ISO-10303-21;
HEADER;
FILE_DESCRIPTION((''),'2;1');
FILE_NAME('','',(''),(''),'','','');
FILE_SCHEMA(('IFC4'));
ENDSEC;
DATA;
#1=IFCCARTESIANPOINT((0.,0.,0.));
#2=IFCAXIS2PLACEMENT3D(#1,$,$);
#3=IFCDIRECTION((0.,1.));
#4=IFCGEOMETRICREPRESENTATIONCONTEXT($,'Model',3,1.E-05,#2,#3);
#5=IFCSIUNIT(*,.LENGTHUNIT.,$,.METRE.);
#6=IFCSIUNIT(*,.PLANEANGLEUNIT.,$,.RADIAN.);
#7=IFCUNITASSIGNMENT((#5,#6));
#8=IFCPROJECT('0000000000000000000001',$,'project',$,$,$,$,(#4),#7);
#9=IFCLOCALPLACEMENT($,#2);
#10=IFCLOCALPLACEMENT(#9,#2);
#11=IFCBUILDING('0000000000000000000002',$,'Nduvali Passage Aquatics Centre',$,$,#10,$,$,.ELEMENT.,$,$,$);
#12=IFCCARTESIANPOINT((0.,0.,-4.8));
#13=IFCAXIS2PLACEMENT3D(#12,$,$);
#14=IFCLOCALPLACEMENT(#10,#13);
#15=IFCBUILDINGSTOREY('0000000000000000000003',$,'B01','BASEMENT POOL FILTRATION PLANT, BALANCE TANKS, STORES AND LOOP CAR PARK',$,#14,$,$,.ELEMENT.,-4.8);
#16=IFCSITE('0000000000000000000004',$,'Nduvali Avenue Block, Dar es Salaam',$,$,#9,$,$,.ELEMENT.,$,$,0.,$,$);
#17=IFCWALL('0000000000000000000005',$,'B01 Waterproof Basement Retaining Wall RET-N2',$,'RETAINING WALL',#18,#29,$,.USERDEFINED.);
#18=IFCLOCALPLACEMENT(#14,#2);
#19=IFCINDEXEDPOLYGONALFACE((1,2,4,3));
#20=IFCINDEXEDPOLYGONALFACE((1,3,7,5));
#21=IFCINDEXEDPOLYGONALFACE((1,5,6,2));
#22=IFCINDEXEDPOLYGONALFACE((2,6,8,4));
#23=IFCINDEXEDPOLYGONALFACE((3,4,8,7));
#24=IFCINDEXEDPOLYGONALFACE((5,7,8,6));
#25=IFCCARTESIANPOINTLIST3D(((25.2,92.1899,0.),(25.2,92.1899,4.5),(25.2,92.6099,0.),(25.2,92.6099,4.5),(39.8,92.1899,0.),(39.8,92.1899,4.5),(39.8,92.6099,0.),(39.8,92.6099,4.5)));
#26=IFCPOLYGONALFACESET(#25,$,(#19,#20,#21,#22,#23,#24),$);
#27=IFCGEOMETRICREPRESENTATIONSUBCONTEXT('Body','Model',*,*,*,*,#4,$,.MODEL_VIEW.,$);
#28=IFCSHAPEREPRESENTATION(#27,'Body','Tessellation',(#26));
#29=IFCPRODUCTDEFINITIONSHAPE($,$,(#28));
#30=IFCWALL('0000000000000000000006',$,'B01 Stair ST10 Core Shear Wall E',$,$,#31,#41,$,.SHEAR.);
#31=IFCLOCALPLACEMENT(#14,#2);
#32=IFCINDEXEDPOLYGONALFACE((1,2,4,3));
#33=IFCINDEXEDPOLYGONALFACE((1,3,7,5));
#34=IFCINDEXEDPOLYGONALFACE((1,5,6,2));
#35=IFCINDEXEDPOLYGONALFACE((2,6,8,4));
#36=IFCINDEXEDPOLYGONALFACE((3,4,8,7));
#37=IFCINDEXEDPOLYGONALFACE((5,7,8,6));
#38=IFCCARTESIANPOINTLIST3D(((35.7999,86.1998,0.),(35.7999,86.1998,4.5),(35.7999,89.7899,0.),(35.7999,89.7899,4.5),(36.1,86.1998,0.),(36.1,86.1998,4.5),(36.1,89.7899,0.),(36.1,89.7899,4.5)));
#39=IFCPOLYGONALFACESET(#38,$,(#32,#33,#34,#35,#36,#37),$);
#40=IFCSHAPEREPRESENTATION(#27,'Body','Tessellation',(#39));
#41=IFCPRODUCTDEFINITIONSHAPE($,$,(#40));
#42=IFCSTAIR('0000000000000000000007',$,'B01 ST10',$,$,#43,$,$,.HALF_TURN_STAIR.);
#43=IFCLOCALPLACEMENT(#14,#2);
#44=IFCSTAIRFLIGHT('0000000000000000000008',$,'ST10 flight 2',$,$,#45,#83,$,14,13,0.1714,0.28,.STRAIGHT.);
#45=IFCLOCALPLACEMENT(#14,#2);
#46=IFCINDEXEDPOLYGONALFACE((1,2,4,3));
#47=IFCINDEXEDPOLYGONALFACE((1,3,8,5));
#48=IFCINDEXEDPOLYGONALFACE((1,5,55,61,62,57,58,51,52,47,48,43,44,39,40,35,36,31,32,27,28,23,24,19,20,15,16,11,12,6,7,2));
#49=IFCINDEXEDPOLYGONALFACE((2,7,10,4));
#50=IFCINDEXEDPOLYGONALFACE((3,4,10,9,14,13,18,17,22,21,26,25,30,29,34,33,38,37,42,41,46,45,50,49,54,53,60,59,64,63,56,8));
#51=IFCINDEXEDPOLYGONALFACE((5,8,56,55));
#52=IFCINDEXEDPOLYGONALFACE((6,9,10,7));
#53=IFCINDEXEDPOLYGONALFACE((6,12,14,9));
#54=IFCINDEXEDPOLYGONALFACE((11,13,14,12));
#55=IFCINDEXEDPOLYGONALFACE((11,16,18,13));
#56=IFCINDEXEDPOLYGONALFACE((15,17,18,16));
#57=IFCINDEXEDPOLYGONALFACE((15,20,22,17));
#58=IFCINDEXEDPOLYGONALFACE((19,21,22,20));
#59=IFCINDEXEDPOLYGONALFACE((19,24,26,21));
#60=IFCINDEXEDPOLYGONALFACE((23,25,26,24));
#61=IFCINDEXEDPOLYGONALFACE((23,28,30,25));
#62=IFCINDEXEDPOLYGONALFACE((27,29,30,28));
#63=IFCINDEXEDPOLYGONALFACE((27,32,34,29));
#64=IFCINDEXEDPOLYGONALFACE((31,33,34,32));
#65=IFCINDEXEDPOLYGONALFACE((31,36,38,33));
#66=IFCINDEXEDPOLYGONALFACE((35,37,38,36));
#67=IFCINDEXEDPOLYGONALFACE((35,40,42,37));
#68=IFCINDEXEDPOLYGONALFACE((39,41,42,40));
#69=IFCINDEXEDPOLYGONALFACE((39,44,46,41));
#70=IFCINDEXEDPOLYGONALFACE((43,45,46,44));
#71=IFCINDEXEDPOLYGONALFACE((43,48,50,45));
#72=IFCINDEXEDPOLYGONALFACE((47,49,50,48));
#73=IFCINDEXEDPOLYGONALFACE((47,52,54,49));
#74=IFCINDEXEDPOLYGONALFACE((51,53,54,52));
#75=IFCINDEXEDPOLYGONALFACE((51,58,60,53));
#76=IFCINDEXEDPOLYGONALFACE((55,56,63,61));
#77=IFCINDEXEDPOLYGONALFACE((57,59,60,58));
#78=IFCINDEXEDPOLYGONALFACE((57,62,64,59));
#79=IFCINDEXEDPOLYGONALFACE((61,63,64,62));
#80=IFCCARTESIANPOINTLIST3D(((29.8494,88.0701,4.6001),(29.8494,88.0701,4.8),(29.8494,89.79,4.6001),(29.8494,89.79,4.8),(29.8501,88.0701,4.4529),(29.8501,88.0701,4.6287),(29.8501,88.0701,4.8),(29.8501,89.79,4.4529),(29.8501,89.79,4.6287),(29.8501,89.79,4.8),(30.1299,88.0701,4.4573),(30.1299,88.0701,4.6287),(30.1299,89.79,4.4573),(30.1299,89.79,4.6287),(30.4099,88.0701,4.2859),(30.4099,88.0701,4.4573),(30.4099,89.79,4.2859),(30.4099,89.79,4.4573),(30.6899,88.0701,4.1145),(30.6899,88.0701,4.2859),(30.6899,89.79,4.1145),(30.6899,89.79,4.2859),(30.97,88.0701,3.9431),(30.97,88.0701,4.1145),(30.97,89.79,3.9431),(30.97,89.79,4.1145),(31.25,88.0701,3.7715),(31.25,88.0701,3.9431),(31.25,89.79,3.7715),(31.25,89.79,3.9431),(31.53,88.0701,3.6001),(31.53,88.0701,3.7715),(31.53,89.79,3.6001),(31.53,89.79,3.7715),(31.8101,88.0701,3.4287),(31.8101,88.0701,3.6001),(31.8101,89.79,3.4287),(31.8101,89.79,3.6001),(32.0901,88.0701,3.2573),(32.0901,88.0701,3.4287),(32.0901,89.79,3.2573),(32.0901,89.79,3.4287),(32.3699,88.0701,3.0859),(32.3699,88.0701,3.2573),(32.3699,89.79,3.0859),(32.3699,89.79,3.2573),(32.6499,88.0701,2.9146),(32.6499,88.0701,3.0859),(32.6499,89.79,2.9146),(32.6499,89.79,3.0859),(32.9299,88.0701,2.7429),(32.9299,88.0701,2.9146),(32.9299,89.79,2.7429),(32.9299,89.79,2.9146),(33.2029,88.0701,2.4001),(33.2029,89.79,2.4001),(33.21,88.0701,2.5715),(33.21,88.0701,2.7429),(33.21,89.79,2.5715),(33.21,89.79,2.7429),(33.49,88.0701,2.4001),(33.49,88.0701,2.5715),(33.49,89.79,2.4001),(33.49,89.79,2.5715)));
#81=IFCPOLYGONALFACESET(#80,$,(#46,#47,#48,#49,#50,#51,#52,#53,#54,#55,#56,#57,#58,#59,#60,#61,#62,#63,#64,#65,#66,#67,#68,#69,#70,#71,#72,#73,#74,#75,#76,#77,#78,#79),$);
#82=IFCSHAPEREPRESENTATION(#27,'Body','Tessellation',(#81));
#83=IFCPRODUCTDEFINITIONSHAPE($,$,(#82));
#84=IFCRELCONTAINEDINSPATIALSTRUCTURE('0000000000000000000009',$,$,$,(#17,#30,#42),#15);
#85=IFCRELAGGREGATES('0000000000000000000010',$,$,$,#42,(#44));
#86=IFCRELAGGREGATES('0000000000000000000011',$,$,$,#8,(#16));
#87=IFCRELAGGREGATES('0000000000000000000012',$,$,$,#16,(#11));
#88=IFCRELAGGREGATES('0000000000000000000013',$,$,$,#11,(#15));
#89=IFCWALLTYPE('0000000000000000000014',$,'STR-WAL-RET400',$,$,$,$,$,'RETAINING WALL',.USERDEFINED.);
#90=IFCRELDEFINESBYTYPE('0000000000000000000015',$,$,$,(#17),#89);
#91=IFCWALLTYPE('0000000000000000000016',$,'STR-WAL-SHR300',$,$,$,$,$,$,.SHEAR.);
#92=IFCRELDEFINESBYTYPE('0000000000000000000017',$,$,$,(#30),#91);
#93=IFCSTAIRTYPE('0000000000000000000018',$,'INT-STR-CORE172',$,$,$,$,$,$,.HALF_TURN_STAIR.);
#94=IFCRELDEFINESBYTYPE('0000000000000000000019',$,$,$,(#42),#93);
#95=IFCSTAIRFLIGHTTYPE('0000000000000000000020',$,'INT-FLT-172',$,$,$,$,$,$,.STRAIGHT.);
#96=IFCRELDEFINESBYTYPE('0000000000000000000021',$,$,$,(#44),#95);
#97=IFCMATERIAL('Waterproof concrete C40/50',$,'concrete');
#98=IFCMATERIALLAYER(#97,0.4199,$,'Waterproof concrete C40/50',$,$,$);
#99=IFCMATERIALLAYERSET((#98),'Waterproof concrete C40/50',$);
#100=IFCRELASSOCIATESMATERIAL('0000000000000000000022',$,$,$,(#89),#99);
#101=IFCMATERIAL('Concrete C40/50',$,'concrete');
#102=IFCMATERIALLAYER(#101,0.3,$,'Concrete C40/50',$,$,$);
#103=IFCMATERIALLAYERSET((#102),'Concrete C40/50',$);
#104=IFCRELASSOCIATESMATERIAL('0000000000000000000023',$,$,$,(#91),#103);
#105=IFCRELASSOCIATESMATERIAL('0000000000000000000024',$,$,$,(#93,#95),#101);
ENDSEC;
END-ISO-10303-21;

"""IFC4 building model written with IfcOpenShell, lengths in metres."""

from ifc_helpers import new_model, si_unit, direction, frame, frame_2d, origin, place, context, subcontext, project, spatial, polyline, rectangle, outline, extrude, material, layer, layer_set, type_object, element, aggregate, save


model = new_model("IFC4")

# Units and contexts
model_context = context("Model", 3, precision=1e-05, world=origin(), true_north=direction((0.0, 1.0)))
body_context = subcontext(model_context, "Body", "Model", "MODEL_VIEW")
ifc_project = project(units=[si_unit("LENGTHUNIT", "METRE"), si_unit("PLANEANGLEUNIT", "RADIAN")], contexts=[model_context])

# Site, building, storey
site_placement = place(None, origin())
site = spatial("IfcSite", under=ifc_project, at=site_placement, Name="Nduvali Avenue Block, Dar es Salaam", CompositionType="ELEMENT", RefElevation=0.0)
building_placement = place(site_placement, origin())
building = spatial("IfcBuilding", under=site, at=building_placement, Name="Nduvali Passage Aquatics Centre", CompositionType="ELEMENT")
storey_placement = place(building_placement, frame((0.0, 0.0, -4.8)))
storey = spatial("IfcBuildingStorey", under=building, at=storey_placement, Name="B01", Description="BASEMENT POOL FILTRATION PLANT, BALANCE TANKS, STORES AND LOOP CAR PARK", CompositionType="ELEMENT", Elevation=-4.8)

# Shared definitions
ifc_material_1 = material(Name="Concrete C40/50", Category="concrete")

# Walls
ifc_material_2 = material(Name="Waterproof concrete C40/50", Category="concrete")
ifc_layer_1 = layer(ifc_material_2, 0.4199, Name="Waterproof concrete C40/50")
ifc_layer_set_1 = layer_set([ifc_layer_1], Name="Waterproof concrete C40/50")
wall_type_1 = type_object("IfcWallType", Name="STR-WAL-RET400", ElementType="RETAINING WALL", PredefinedType="USERDEFINED", material=ifc_layer_set_1)
wall_1_placement = place(storey_placement, frame((39.8, 92.3999, 0.0), z_axis=(0.0, 0.0, 1.0), x_axis=(-1.0, 0.0, 0.0)))
element("IfcWall", 1, at=wall_1_placement, inside=storey, type_object=wall_type_1, Name="B01 Waterproof Basement Retaining Wall RET-N2", ObjectType="RETAINING WALL", PredefinedType="USERDEFINED", context=body_context, shape_type="SweptSolid", body=[
    extrude(rectangle(XDim=14.6001, YDim=0.4199, at=frame_2d((7.3, 0.0))), origin(), (0.0, 0.0, 1.0), 4.5),
])
ifc_layer_2 = layer(ifc_material_1, 0.3, Name="Concrete C40/50")
ifc_layer_set_2 = layer_set([ifc_layer_2], Name="Concrete C40/50")
wall_type_2 = type_object("IfcWallType", Name="STR-WAL-SHR300", PredefinedType="SHEAR", material=ifc_layer_set_2)
wall_2_placement = place(storey_placement, frame((35.95, 86.2, 0.0), z_axis=(0.0, 0.0, 1.0), x_axis=(0.0, 1.0, 0.0)))
element("IfcWall", 2, at=wall_2_placement, inside=storey, type_object=wall_type_2, Name="B01 Stair ST10 Core Shear Wall E", PredefinedType="SHEAR", context=body_context, shape_type="SweptSolid", body=[
    extrude(rectangle(XDim=3.5901, YDim=0.3, at=frame_2d((1.7949, 0.0))), origin(), (0.0, 0.0, 1.0), 4.5),
])

# Stair, stair flight
stair_type = type_object("IfcStairType", Name="INT-STR-CORE172", PredefinedType="HALF_TURN_STAIR", material=ifc_material_1)
stair_placement = place(storey_placement, origin())
stair = element("IfcStair", 3, at=stair_placement, inside=storey, type_object=stair_type, Name="B01 ST10", PredefinedType="HALF_TURN_STAIR")
stair_flight_type = type_object("IfcStairFlightType", Name="INT-FLT-172", PredefinedType="STRAIGHT", material=ifc_material_1)
stair_flight_placement = place(storey_placement, frame((33.49, 88.9299, 2.4001), z_axis=(0.0, 0.0, 1.0), x_axis=(-1.0, 0.0, 0.0)))
stair_flight = element("IfcStairFlight", 4, at=stair_flight_placement, type_object=stair_flight_type, Name="ST10 flight 2", NumberOfRisers=14, NumberOfTreads=13, PredefinedType="STRAIGHT", RiserHeight=0.1714, TreadLength=0.28, context=body_context, shape_type="SweptSolid", body=[
    extrude(outline(polyline([(0.0, 0.0), (0.0, 0.1714), (0.28, 0.1714), (0.28, 0.3428), (0.5601, 0.3428), (0.5601, 0.5144), (0.8401, 0.5144), (0.8401, 0.6858), (1.1201, 0.6858), (1.1201, 0.8572), (1.3999, 0.8572), (1.3999, 1.0286), (1.6799, 1.0286), (1.6799, 1.2), (1.96, 1.2), (1.96, 1.3713), (2.24, 1.3713), (2.24, 1.543), (2.52, 1.543), (2.52, 1.7144), (2.8, 1.7144), (2.8, 1.8857), (3.0801, 1.8857), (3.0801, 2.0571), (3.3601, 2.0571), (3.3601, 2.2285), (3.6399, 2.2285), (3.6399, 2.3999), (3.6406, 2.3999), (3.6406, 2.2), (3.6399, 2.0527), (0.2871, 0.0), (0.0, 0.0)])), frame((0.0, 0.8599, 0.0), z_axis=(0.0, -1.0, 0.0), x_axis=(1.0, 0.0, 0.0)), (0.0, 0.0, 1.0), 1.72),
])
aggregate(stair, [stair_flight])

save(model, "model.ifc")
